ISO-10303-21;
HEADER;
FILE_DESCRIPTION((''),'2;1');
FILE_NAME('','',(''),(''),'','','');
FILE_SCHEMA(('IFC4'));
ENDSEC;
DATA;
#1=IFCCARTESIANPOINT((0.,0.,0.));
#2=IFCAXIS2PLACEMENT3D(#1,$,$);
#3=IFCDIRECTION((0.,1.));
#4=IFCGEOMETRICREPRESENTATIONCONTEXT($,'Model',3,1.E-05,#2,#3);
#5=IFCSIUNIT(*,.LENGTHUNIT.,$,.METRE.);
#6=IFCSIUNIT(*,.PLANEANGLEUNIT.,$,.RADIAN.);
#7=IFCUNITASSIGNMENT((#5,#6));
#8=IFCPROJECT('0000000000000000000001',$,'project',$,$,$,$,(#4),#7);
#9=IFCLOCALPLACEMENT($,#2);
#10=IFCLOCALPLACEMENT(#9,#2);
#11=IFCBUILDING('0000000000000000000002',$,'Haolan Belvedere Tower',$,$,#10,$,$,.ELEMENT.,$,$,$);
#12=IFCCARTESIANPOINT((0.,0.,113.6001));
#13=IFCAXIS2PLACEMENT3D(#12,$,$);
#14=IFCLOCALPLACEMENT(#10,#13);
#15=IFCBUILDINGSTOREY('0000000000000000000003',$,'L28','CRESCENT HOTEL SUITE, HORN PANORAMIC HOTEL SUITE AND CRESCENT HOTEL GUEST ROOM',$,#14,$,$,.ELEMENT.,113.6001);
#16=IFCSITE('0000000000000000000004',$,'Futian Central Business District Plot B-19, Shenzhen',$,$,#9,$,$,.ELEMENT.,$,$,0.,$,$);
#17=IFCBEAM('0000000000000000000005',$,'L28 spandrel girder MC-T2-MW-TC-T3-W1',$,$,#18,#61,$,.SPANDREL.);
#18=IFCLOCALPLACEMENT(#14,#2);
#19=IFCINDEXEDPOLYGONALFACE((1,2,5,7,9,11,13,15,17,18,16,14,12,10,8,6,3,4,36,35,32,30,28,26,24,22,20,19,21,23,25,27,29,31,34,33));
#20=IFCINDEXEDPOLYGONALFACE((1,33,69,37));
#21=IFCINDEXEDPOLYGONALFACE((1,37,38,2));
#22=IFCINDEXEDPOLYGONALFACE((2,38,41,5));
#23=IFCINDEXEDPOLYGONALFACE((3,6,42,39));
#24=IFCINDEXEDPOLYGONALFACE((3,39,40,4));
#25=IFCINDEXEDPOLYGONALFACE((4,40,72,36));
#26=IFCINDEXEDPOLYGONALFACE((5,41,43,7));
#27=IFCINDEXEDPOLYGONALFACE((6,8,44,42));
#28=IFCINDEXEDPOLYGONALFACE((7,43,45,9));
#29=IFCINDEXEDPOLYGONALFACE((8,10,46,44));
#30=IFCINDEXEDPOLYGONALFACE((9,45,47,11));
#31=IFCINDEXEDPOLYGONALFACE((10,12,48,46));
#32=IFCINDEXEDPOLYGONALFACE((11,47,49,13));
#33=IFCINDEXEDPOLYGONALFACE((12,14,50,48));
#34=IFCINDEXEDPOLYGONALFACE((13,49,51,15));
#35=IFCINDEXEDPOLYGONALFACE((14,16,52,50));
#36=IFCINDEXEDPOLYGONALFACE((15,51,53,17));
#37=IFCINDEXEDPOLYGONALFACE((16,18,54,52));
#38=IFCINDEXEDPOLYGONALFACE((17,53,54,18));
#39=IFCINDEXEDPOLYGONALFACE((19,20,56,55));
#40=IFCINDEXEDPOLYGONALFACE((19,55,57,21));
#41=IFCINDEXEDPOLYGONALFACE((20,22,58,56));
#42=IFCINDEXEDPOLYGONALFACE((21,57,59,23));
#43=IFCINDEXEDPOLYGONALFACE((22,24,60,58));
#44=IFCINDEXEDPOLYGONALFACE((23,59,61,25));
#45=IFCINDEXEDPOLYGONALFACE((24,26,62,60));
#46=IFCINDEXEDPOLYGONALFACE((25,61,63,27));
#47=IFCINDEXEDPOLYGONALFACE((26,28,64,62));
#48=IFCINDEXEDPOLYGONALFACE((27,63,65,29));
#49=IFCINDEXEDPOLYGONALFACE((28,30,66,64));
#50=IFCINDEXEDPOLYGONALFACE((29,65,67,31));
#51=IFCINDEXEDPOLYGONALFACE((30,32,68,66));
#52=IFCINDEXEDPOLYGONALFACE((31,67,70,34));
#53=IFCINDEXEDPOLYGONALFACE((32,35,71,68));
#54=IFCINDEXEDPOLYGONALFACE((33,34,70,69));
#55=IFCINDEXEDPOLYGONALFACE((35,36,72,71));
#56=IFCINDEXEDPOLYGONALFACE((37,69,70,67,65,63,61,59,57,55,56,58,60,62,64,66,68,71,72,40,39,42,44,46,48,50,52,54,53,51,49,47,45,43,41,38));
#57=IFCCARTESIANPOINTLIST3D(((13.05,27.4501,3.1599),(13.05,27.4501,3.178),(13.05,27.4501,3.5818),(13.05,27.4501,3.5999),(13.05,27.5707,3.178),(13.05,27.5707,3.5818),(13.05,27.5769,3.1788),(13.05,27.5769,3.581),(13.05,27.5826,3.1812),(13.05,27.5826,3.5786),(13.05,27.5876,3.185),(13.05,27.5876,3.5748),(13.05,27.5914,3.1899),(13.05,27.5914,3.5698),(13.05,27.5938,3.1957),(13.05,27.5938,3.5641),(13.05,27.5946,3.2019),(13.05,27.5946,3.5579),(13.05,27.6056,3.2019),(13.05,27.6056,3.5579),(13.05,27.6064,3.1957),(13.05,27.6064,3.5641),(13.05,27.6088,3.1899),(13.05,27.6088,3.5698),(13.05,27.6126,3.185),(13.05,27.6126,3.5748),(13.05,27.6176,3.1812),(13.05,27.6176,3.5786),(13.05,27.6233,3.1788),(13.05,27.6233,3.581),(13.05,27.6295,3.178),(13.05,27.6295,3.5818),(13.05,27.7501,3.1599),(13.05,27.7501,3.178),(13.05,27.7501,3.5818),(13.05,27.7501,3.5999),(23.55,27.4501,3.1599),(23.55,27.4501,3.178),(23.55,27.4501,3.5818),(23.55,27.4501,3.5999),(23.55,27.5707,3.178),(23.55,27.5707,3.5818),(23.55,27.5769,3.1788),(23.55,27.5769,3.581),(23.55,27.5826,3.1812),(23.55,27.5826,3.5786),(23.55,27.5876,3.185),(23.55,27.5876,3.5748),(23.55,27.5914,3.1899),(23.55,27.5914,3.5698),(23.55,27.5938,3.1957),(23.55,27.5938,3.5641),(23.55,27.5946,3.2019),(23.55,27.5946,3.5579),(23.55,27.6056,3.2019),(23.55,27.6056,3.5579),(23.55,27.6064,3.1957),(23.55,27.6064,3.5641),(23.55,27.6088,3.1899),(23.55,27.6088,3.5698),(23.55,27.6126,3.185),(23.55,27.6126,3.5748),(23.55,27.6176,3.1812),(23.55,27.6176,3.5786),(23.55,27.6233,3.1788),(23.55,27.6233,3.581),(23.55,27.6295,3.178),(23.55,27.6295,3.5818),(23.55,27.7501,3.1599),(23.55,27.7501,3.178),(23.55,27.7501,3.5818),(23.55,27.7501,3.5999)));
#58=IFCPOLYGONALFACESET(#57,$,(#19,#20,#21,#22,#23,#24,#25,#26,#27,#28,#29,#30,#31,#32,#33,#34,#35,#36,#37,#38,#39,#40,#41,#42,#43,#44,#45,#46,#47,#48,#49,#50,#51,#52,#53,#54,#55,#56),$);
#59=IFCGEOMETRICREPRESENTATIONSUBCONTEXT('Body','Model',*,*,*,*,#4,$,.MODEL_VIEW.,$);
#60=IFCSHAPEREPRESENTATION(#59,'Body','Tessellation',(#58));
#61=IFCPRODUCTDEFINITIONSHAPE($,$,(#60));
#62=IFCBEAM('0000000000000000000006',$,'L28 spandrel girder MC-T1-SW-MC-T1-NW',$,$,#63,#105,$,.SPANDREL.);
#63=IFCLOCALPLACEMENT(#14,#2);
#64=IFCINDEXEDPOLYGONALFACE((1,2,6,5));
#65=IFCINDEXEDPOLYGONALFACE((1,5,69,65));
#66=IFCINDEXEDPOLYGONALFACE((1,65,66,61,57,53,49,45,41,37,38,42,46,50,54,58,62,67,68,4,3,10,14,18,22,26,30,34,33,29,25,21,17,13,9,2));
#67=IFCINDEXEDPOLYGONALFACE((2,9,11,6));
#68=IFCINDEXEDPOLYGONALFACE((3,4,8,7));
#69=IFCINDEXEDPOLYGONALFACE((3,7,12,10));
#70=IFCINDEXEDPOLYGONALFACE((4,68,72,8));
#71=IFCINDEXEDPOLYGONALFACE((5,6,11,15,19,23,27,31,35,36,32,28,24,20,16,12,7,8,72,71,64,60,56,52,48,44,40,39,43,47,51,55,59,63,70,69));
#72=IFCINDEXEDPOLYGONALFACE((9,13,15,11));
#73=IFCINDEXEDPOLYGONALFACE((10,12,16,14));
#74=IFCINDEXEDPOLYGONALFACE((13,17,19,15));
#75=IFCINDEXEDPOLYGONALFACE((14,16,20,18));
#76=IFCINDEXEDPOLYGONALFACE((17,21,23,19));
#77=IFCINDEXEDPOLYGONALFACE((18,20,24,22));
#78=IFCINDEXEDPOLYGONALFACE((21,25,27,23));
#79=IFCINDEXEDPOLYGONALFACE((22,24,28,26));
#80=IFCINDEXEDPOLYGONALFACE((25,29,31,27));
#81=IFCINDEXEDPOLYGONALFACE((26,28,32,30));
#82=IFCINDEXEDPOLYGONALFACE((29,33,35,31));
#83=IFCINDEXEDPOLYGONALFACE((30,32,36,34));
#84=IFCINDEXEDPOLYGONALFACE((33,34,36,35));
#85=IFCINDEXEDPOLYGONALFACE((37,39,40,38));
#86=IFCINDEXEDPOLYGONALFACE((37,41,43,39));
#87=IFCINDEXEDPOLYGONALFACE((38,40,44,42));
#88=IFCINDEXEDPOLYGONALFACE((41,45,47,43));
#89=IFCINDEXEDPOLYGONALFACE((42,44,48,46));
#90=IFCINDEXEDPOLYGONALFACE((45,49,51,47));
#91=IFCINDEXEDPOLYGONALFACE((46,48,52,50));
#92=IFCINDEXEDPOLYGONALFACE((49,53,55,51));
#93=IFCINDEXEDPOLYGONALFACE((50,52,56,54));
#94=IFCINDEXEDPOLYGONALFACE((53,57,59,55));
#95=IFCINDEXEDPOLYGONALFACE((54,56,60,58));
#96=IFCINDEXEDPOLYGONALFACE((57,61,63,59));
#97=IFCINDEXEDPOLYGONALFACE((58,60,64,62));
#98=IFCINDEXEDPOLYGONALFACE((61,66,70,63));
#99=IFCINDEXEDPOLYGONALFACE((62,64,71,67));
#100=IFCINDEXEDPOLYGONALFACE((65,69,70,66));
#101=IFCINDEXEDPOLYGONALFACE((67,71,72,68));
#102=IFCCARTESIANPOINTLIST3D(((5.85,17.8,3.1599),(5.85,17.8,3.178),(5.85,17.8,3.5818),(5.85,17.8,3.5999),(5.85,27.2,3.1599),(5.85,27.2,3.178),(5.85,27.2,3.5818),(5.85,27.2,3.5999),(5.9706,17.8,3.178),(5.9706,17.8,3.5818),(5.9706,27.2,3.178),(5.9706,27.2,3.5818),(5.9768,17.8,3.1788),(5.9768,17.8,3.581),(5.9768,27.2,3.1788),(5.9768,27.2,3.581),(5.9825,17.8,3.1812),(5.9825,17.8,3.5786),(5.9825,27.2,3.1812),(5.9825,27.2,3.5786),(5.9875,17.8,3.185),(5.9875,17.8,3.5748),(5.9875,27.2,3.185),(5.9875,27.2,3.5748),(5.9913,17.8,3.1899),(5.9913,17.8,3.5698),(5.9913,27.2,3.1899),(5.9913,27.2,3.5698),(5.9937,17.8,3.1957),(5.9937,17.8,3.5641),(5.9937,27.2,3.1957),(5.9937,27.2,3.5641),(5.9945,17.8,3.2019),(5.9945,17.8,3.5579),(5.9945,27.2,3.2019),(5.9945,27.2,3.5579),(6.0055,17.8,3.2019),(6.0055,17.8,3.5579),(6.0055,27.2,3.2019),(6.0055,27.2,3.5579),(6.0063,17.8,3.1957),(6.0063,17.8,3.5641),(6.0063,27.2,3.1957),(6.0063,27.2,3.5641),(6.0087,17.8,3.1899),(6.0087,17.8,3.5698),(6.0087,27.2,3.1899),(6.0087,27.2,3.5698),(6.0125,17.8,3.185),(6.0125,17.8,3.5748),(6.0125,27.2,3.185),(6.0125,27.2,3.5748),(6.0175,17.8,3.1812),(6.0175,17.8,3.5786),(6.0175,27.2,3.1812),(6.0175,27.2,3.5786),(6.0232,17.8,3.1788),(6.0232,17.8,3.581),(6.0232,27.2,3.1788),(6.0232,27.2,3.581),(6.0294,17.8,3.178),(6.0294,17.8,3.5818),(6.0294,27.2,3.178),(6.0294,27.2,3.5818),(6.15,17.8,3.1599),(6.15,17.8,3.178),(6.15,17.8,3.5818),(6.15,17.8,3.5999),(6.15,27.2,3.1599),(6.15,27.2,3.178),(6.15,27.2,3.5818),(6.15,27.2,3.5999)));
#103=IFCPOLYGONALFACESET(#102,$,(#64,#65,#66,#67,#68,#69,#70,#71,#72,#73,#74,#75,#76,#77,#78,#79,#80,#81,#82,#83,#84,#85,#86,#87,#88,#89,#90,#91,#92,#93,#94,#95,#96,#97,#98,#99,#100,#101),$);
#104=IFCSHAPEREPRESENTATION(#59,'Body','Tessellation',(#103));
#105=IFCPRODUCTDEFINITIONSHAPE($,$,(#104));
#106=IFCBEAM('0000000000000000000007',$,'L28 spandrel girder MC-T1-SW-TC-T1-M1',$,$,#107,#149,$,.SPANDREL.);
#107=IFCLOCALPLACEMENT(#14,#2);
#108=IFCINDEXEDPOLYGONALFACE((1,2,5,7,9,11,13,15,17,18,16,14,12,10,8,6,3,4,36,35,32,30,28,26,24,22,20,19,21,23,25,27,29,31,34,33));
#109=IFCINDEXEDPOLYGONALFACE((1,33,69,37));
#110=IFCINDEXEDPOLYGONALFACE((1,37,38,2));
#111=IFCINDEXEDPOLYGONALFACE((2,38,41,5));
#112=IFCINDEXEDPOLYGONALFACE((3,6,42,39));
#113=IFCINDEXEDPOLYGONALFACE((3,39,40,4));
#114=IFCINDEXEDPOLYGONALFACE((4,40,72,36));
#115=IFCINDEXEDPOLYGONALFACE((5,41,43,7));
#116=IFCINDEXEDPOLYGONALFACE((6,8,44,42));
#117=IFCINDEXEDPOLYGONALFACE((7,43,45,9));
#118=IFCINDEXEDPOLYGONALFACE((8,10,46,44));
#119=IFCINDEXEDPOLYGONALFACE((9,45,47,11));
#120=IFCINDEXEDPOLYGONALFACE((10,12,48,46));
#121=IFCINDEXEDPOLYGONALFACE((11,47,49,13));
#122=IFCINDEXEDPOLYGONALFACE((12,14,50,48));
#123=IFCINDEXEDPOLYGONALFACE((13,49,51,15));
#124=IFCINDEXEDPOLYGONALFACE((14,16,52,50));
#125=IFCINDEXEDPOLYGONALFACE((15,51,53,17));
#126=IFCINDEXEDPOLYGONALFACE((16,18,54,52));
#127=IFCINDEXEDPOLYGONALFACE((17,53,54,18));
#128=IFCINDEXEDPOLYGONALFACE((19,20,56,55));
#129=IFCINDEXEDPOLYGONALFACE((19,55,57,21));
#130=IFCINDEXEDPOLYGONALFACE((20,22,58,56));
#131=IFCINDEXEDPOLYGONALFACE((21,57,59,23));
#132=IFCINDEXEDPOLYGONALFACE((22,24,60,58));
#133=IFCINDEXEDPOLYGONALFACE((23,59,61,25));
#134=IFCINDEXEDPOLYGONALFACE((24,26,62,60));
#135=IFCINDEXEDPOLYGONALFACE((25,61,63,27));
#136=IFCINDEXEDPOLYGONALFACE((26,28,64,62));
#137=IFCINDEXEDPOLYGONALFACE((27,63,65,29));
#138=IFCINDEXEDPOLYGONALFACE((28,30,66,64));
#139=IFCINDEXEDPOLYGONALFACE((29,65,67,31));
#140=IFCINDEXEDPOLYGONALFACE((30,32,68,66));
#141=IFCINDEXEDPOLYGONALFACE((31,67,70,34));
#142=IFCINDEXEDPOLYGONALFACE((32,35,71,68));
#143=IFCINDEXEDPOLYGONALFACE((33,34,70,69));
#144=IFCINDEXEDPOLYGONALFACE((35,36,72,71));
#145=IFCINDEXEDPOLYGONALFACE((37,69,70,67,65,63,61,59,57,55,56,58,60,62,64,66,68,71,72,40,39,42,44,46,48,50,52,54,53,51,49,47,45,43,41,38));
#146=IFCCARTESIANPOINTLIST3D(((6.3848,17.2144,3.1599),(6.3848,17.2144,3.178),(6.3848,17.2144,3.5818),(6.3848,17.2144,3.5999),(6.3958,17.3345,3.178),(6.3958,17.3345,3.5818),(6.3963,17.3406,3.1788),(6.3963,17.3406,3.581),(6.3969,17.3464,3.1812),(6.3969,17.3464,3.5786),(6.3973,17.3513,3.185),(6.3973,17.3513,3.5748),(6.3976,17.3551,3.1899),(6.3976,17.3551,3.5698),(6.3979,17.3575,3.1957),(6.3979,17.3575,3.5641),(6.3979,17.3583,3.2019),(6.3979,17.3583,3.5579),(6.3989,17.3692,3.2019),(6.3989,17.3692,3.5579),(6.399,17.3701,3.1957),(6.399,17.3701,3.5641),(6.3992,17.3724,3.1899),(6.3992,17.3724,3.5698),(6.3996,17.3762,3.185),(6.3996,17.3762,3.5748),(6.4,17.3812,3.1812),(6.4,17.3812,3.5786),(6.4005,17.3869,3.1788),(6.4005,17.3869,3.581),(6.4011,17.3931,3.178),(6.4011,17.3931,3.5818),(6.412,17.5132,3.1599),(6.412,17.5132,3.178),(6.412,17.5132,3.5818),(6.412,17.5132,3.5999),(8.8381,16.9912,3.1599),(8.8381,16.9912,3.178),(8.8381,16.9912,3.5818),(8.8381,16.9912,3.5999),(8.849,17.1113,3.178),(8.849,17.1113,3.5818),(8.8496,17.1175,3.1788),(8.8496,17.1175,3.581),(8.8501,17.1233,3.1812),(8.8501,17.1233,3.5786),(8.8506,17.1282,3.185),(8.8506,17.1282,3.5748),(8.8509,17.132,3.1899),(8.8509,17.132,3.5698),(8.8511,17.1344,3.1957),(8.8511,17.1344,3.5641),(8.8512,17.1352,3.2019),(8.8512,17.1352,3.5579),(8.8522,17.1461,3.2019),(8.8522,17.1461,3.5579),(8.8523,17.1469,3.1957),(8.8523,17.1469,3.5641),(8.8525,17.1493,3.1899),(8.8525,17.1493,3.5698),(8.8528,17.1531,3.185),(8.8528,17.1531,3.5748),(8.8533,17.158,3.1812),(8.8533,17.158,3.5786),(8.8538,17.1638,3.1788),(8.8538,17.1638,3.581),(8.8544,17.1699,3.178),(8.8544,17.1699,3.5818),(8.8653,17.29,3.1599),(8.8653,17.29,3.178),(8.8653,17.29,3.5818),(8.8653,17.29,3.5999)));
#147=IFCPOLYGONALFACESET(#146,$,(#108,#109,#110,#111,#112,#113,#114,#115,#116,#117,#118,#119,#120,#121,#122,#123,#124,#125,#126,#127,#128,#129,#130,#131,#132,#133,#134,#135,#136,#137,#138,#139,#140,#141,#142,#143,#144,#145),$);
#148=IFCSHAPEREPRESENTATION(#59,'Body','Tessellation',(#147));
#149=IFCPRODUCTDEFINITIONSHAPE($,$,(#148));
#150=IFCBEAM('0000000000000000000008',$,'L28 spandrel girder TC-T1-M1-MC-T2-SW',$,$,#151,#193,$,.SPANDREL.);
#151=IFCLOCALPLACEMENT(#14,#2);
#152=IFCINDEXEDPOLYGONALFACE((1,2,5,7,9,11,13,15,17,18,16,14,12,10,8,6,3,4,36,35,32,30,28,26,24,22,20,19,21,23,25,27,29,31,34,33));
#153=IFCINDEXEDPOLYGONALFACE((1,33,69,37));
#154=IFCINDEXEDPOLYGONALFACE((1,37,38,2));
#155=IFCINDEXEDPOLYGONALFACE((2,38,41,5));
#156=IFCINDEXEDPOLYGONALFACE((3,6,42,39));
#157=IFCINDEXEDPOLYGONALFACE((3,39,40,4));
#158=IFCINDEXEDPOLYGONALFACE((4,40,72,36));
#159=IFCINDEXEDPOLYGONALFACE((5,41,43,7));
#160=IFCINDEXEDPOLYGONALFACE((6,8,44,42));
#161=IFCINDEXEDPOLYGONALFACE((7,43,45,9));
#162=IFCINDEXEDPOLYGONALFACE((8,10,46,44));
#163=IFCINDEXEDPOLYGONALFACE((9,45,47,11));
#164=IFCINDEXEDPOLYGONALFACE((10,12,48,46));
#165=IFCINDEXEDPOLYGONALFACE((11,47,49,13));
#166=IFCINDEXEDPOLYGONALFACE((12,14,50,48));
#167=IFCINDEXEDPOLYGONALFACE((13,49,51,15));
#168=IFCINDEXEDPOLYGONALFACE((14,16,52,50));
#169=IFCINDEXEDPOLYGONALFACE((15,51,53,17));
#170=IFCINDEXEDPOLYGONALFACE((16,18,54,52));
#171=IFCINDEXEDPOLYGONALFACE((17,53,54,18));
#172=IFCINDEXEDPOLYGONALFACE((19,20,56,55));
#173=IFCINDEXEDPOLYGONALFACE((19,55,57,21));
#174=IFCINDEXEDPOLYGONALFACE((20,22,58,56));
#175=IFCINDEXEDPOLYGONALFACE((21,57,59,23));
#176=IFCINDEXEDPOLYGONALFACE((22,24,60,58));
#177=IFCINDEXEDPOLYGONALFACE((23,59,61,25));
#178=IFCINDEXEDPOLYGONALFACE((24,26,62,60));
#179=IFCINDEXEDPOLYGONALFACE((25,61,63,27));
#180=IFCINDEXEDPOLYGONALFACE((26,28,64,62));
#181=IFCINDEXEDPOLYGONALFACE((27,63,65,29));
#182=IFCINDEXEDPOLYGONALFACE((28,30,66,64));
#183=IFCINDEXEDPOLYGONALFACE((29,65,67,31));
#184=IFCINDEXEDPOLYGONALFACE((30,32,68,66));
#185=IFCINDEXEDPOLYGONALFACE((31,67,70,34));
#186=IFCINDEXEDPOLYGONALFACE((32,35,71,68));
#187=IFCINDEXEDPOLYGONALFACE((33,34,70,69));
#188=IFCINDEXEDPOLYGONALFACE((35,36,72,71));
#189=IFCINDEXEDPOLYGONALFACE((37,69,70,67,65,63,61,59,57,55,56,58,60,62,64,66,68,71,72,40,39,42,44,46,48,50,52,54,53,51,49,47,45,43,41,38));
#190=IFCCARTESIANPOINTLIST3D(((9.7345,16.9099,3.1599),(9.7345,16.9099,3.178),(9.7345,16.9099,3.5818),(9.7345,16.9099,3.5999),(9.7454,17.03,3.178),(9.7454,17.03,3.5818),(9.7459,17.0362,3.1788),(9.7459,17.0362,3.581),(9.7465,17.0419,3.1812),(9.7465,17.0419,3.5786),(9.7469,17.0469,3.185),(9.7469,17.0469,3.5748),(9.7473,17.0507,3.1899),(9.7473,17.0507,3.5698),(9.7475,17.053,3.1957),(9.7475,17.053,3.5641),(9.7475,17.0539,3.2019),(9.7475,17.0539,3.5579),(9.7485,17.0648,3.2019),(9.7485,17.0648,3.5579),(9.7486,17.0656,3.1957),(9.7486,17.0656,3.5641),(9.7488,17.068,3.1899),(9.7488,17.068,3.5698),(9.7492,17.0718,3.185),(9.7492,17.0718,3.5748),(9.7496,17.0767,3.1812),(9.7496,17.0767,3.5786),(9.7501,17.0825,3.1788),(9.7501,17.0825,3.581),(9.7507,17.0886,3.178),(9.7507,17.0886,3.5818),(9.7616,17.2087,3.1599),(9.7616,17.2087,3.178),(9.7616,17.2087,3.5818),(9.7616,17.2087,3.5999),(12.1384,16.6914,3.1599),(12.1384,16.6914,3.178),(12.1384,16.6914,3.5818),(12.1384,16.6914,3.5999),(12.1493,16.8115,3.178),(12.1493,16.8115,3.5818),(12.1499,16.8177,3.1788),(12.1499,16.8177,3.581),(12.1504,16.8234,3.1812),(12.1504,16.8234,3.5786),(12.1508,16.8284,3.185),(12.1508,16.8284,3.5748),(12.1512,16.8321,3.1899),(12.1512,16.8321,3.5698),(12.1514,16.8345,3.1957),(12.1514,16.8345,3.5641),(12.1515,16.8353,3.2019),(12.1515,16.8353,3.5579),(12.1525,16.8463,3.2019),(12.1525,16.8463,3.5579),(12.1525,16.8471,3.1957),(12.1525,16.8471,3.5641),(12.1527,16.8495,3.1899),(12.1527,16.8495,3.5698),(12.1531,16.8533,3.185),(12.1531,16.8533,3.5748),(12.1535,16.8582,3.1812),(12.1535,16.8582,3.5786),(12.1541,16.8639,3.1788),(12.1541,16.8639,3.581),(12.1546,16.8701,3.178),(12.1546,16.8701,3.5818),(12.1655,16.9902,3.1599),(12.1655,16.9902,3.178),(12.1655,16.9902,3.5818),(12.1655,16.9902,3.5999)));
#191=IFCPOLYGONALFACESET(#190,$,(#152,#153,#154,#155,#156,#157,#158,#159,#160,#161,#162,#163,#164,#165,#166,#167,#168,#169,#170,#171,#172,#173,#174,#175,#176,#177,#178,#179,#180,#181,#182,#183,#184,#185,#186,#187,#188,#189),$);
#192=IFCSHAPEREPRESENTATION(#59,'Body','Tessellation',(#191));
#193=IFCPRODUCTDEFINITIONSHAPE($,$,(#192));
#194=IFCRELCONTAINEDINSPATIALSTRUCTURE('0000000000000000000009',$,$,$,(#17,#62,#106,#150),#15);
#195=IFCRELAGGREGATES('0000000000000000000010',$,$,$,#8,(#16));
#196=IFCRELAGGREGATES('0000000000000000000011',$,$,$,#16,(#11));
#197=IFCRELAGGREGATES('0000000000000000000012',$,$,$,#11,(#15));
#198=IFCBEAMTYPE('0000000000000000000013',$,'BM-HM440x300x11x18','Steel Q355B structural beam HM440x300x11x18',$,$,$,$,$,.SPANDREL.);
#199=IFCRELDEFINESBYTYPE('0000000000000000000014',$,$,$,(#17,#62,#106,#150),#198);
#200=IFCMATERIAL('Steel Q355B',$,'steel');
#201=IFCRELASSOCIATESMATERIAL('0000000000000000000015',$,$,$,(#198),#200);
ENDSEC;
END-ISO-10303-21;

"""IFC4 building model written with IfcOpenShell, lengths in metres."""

from ifc_helpers import new_model, si_unit, direction, frame, origin, origin_2d, place, context, subcontext, project, spatial, i_section, extrude, material, material_profile, profile_set, type_object, element, save


model = new_model("IFC4")

# Units and contexts
model_context = context("Model", 3, precision=1e-05, world=origin(), true_north=direction((0.0, 1.0)))
body_context = subcontext(model_context, "Body", "Model", "MODEL_VIEW")
ifc_project = project(units=[si_unit("LENGTHUNIT", "METRE"), si_unit("PLANEANGLEUNIT", "RADIAN")], contexts=[model_context])

# Site, building, storey
site_placement = place(None, origin())
site = spatial("IfcSite", under=ifc_project, at=site_placement, Name="Futian Central Business District Plot B-19, Shenzhen", CompositionType="ELEMENT", RefElevation=0.0)
building_placement = place(site_placement, origin())
building = spatial("IfcBuilding", under=site, at=building_placement, Name="Haolan Belvedere Tower", CompositionType="ELEMENT")
storey_placement = place(building_placement, frame((0.0, 0.0, 113.6001)))
storey = spatial("IfcBuildingStorey", under=building, at=storey_placement, Name="L28", Description="CRESCENT HOTEL SUITE, HORN PANORAMIC HOTEL SUITE AND CRESCENT HOTEL GUEST ROOM", CompositionType="ELEMENT", Elevation=113.6001)

# Beams
ifc_material_1 = material(Name="Steel Q355B", Category="steel")
ifc_material_profile_1 = material_profile(ifc_material_1, i_section(OverallWidth=0.3, OverallDepth=0.4399, WebThickness=0.011, FlangeThickness=0.0181, FilletRadius=0.0239, at=origin_2d()), Name="Steel Q355B")
ifc_profile_set_1 = profile_set([ifc_material_profile_1], Name="Steel Q355B")
beam_type_1 = type_object("IfcBeamType", Name="BM-HM440x300x11x18", Description="Steel Q355B structural beam HM440x300x11x18", PredefinedType="SPANDREL", material=ifc_profile_set_1)
beam_1_placement = place(storey_placement, frame((13.05, 27.6001, 3.3799), z_axis=(1.0, 0.0, 0.0), x_axis=(0.0, 1.0, 0.0)))
element("IfcBeam", 1, at=beam_1_placement, inside=storey, type_object=beam_type_1, Name="L28 spandrel girder MC-T2-MW-TC-T3-W1", PredefinedType="SPANDREL", context=body_context, shape_type="SweptSolid", body=[
    extrude(i_section(OverallWidth=0.3, OverallDepth=0.4399, WebThickness=0.011, FlangeThickness=0.0181, FilletRadius=0.0239, at=origin_2d()), origin(), (0.0, 0.0, 1.0), 10.5),
])
beam_2_placement = place(storey_placement, frame((6.0, 17.8, 3.3799), z_axis=(0.0, 1.0, 0.0), x_axis=(-1.0, 0.0, 0.0)))
element("IfcBeam", 2, at=beam_2_placement, inside=storey, type_object=beam_type_1, Name="L28 spandrel girder MC-T1-SW-MC-T1-NW", PredefinedType="SPANDREL", context=body_context, shape_type="SweptSolid", body=[
    extrude(i_section(OverallWidth=0.3, OverallDepth=0.4399, WebThickness=0.011, FlangeThickness=0.0181, FilletRadius=0.0239, at=origin_2d()), origin(), (0.0, 0.0, 1.0), 9.3999),
])
beam_3_placement = place(storey_placement, frame((6.3984, 17.3638, 3.3799), z_axis=(0.995889, -0.09058, 0.0), x_axis=(0.09058, 0.995889, 0.0)))
element("IfcBeam", 3, at=beam_3_placement, inside=storey, type_object=beam_type_1, Name="L28 spandrel girder MC-T1-SW-TC-T1-M1", PredefinedType="SPANDREL", context=body_context, shape_type="SweptSolid", body=[
    extrude(i_section(OverallWidth=0.3, OverallDepth=0.4399, WebThickness=0.011, FlangeThickness=0.0181, FilletRadius=0.0239, at=origin_2d()), origin(), (0.0, 0.0, 1.0), 2.4634),
])
beam_4_placement = place(storey_placement, frame((9.748, 17.0593, 3.3799), z_axis=(0.995894, -0.090527, 0.0), x_axis=(0.090527, 0.995894, 0.0)))
element("IfcBeam", 4, at=beam_4_placement, inside=storey, type_object=beam_type_1, Name="L28 spandrel girder TC-T1-M1-MC-T2-SW", PredefinedType="SPANDREL", context=body_context, shape_type="SweptSolid", body=[
    extrude(i_section(OverallWidth=0.3, OverallDepth=0.4399, WebThickness=0.011, FlangeThickness=0.0181, FilletRadius=0.0239, at=origin_2d()), origin(), (0.0, 0.0, 1.0), 2.4138),
])

save(model, "model.ifc")
